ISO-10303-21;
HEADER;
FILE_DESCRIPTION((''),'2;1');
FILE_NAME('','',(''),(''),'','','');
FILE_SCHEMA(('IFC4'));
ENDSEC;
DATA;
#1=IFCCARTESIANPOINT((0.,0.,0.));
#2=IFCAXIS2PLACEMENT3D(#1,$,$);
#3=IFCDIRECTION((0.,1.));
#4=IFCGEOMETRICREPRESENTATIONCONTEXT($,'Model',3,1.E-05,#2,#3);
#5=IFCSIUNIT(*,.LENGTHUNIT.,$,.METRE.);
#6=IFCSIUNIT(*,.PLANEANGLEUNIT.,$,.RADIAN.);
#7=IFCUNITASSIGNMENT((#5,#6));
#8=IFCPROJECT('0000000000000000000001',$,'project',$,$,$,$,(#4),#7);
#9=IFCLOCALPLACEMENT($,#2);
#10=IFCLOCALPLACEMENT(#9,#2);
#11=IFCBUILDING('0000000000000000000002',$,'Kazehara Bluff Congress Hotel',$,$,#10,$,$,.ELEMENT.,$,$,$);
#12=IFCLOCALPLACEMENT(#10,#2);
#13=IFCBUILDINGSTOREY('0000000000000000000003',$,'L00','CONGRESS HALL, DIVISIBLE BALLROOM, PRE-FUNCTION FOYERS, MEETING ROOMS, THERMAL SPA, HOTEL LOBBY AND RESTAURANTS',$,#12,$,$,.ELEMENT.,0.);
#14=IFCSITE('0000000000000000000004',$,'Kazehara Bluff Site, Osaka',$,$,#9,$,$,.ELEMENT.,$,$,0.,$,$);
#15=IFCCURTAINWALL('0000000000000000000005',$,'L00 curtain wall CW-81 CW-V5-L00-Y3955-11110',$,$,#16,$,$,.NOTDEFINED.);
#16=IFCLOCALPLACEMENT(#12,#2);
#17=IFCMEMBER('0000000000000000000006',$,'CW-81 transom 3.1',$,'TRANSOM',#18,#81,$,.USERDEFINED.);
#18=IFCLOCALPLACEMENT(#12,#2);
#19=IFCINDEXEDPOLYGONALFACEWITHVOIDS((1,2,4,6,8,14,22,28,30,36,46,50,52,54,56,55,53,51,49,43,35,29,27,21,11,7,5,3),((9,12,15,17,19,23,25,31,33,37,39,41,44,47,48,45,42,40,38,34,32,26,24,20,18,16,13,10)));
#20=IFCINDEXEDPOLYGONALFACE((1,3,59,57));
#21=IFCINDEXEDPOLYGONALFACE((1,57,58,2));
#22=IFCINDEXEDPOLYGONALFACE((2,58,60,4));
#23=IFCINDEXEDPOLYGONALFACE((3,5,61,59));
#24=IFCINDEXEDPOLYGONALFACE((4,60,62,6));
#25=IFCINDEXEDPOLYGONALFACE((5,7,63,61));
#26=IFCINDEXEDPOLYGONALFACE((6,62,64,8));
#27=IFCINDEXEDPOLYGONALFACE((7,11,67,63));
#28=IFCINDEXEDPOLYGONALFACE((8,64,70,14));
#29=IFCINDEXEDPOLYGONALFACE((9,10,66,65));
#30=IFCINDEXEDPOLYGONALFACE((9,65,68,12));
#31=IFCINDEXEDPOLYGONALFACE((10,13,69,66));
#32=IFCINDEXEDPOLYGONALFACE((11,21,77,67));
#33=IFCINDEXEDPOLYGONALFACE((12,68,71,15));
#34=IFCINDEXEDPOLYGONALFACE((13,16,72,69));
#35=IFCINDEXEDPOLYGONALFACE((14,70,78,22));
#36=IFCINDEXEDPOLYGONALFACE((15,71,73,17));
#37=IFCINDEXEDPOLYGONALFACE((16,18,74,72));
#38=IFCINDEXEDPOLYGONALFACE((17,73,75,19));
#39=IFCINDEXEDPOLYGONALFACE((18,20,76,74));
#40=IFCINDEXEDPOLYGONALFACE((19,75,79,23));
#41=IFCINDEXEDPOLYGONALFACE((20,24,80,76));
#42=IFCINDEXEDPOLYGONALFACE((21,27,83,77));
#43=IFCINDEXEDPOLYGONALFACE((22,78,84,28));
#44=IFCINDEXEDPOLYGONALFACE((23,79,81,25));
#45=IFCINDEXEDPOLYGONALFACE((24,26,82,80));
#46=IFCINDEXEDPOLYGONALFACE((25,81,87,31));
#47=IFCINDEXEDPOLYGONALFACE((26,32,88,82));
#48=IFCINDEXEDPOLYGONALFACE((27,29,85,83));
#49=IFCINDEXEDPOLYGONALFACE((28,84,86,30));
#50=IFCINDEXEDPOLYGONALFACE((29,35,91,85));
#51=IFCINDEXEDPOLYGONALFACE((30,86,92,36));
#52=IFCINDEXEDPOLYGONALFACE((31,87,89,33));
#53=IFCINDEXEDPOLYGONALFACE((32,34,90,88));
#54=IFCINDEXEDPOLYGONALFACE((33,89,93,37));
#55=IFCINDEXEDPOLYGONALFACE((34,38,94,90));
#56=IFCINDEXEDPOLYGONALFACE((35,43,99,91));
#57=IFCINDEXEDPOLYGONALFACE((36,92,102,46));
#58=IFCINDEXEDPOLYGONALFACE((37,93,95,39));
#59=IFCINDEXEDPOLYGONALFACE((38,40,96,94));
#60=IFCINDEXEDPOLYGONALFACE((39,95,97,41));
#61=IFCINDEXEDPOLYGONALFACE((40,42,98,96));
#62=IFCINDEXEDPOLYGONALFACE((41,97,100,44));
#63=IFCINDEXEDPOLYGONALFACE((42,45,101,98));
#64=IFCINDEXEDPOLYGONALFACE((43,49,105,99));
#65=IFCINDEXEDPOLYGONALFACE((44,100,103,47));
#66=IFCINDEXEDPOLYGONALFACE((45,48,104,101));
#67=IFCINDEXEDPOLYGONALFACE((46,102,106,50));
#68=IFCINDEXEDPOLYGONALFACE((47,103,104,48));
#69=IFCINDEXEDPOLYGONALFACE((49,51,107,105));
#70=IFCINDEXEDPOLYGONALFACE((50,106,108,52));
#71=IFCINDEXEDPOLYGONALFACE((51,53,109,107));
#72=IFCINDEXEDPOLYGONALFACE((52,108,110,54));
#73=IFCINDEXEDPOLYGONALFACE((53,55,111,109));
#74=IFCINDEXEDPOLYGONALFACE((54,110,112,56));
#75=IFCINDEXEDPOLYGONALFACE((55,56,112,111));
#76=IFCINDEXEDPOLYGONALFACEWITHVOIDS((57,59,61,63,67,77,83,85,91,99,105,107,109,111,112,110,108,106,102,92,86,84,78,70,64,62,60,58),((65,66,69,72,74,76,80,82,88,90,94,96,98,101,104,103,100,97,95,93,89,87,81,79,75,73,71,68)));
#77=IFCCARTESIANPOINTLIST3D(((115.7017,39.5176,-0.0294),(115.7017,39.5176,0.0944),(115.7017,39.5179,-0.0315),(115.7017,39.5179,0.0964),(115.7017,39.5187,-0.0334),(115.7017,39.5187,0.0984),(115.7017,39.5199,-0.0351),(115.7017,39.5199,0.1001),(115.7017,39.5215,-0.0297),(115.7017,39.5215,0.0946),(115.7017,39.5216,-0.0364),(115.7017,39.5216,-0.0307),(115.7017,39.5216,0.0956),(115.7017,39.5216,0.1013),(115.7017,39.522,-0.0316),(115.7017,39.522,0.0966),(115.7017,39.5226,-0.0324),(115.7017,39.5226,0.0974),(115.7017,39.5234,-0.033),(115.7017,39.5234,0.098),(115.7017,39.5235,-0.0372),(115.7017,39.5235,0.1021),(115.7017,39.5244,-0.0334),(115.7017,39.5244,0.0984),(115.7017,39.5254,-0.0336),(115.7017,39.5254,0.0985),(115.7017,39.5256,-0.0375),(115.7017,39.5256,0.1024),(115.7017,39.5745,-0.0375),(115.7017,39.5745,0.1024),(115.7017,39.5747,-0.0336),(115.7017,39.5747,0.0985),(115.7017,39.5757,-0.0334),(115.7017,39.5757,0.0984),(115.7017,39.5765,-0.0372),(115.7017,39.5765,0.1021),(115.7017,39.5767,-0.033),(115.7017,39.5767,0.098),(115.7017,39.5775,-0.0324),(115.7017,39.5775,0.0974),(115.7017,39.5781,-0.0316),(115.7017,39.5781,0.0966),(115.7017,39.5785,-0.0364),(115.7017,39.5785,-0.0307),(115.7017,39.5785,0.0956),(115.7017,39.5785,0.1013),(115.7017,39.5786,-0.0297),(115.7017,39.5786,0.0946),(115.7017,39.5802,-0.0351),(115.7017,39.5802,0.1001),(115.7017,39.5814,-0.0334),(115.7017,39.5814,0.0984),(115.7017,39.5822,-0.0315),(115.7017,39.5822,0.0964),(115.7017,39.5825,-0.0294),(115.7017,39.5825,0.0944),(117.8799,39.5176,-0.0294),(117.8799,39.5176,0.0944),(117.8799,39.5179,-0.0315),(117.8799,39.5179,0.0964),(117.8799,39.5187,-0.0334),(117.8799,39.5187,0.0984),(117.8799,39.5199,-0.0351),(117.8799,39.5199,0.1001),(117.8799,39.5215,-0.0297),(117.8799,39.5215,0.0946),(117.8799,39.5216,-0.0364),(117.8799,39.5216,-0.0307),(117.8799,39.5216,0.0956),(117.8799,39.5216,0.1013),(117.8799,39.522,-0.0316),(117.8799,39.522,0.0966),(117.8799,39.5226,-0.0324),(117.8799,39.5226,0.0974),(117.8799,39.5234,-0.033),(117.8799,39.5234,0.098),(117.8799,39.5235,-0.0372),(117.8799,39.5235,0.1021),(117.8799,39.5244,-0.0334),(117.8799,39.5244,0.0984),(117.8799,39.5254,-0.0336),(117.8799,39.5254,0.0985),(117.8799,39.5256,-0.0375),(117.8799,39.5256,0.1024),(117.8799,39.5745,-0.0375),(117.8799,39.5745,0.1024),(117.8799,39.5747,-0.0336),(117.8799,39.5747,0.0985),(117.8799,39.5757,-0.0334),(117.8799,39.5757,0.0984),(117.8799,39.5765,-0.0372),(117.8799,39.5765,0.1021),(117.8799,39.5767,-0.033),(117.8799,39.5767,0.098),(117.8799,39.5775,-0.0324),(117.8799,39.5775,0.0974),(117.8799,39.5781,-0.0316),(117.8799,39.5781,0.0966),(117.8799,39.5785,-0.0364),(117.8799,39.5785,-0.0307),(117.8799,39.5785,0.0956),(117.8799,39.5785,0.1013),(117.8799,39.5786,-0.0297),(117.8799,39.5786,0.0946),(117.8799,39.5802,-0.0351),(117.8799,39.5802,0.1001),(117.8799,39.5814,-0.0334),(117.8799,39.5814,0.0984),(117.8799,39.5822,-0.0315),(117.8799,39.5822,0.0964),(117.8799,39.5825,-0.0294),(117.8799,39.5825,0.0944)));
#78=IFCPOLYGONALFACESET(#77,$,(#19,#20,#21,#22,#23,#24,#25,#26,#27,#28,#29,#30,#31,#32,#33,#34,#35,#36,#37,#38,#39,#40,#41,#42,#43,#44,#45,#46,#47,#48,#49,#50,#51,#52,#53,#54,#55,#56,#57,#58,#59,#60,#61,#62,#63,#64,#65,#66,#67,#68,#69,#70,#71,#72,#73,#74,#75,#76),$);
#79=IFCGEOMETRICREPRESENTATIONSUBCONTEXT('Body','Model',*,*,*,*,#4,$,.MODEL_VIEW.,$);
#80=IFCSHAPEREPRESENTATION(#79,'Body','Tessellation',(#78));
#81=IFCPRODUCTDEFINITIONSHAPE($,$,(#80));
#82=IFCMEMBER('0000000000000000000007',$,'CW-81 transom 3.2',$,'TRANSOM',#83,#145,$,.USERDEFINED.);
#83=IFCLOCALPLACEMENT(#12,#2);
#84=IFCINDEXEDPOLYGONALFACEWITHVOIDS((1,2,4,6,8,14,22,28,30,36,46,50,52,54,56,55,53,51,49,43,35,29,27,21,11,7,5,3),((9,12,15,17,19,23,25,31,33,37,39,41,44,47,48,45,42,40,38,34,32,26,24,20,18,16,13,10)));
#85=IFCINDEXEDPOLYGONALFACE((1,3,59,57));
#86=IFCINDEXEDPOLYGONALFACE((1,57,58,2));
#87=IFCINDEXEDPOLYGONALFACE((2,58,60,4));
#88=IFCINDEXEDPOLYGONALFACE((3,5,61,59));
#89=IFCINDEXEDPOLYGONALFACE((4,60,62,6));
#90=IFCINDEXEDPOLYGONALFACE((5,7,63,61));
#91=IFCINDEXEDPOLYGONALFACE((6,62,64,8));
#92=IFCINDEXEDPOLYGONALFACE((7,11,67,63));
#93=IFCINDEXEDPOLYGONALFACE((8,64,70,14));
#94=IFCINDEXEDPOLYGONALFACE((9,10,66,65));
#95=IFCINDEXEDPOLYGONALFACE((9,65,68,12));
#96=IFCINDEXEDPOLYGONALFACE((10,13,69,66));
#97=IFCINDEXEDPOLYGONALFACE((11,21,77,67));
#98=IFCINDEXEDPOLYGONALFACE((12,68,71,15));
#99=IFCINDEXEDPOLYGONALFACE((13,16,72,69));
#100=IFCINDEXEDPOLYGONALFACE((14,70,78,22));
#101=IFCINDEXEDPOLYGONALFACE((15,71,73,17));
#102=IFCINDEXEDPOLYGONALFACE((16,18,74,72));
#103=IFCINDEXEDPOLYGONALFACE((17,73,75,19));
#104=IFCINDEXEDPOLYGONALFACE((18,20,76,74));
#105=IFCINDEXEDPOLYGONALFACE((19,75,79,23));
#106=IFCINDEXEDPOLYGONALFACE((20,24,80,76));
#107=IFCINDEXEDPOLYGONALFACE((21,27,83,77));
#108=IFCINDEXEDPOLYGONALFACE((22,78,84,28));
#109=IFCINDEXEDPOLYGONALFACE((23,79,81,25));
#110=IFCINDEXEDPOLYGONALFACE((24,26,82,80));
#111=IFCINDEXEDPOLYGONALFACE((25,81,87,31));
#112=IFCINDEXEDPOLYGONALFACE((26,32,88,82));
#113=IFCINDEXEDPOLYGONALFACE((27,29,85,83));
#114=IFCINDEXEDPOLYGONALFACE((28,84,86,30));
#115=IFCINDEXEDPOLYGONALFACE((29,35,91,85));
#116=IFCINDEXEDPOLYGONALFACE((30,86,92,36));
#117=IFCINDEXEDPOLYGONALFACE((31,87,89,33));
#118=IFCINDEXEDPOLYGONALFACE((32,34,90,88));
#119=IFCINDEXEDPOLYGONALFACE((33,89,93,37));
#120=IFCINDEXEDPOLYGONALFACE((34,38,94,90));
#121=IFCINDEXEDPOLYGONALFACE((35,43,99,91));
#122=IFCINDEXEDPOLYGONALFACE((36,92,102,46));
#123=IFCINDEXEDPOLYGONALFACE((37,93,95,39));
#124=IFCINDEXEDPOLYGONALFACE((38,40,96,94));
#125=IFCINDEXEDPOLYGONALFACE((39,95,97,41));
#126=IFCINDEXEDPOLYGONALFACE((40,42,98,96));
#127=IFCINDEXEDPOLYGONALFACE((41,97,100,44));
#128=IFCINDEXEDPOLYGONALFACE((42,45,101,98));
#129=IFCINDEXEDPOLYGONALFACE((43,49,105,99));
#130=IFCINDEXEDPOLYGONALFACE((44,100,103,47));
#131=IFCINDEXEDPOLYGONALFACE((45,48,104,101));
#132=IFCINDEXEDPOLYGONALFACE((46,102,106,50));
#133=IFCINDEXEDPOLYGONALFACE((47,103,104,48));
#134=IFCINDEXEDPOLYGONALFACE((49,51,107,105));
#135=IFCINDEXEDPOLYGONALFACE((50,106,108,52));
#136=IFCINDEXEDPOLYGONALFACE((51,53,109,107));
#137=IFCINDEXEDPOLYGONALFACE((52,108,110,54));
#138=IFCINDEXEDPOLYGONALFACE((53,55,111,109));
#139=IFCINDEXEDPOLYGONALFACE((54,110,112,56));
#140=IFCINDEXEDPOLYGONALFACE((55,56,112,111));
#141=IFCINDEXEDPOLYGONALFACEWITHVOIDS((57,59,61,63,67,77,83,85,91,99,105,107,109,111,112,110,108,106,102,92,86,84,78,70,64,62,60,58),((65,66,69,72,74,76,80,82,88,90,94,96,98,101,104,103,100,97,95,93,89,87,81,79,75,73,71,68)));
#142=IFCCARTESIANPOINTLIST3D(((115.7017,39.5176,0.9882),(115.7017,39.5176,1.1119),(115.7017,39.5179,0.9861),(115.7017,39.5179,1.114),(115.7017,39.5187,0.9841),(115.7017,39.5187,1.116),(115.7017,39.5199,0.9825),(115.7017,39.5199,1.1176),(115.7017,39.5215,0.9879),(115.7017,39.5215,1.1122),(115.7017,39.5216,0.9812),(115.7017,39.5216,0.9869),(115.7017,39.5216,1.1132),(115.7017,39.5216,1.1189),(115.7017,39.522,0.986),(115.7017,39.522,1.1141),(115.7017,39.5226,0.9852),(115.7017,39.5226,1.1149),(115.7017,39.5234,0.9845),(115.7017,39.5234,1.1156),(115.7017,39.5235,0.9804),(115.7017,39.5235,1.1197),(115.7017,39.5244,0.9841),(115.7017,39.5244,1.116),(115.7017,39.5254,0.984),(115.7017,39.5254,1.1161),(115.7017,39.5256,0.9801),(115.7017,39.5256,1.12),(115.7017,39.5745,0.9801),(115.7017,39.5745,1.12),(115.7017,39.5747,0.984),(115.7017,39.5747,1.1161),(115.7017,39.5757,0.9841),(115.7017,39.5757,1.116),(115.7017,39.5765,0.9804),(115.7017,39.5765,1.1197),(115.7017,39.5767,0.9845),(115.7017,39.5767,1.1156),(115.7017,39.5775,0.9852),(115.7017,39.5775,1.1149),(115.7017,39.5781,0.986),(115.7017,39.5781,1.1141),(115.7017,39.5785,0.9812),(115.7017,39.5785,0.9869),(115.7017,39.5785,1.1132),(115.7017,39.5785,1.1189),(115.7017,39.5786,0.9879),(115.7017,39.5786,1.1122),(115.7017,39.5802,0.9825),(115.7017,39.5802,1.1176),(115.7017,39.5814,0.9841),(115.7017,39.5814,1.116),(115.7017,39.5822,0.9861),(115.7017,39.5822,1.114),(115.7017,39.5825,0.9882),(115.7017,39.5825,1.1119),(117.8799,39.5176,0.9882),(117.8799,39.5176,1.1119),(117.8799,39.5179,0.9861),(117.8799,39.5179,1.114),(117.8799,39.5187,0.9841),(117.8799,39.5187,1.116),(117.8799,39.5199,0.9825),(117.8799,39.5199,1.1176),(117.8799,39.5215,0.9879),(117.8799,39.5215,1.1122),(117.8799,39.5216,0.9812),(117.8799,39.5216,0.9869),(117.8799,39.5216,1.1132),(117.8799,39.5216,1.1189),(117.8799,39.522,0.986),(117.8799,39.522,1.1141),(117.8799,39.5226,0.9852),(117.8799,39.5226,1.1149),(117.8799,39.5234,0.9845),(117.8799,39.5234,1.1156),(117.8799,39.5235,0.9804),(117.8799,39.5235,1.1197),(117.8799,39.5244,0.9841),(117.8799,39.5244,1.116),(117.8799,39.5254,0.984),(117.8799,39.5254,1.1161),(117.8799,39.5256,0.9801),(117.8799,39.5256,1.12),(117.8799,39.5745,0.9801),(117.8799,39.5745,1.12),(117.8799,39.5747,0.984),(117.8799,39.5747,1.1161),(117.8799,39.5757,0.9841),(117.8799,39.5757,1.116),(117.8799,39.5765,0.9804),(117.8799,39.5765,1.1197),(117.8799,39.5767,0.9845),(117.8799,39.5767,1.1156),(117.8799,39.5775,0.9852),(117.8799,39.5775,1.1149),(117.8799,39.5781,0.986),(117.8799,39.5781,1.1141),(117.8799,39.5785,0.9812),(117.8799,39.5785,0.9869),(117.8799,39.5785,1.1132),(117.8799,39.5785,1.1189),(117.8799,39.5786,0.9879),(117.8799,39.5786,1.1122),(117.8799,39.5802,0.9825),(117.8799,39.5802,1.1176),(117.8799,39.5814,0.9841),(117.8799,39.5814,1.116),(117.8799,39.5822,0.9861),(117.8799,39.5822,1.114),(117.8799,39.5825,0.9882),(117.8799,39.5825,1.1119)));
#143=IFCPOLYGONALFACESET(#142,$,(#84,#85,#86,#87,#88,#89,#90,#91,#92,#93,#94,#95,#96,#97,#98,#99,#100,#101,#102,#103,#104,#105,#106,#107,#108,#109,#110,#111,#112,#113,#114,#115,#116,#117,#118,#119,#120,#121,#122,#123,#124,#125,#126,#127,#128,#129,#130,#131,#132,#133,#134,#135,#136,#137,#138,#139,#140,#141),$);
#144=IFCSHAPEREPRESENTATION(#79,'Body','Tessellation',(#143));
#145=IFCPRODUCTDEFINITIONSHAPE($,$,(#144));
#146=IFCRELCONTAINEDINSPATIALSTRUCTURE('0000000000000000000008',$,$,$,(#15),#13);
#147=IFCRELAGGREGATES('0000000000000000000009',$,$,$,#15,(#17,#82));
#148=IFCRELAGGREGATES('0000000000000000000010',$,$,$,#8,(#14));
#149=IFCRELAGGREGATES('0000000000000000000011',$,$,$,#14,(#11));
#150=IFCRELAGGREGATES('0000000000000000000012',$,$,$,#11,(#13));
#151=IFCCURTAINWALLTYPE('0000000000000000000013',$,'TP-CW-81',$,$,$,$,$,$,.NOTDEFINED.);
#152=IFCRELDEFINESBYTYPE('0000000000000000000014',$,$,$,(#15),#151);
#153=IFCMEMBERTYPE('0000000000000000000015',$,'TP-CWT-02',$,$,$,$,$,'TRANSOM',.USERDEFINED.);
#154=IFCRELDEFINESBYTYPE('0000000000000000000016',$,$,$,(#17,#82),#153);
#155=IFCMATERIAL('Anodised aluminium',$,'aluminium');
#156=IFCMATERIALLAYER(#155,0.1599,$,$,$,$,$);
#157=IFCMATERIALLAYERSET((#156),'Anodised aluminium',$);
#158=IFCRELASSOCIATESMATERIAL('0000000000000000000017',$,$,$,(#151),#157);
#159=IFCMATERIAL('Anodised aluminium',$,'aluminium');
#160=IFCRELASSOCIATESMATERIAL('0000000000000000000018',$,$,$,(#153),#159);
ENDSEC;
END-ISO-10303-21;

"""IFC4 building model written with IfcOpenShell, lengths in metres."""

from ifc_helpers import new_model, si_unit, direction, frame, origin, origin_2d, place, context, subcontext, project, spatial, hollow_rectangle, extrude, material, layer, layer_set, material_profile, profile_set, type_object, element, aggregate, save


model = new_model("IFC4")

# Units and contexts
model_context = context("Model", 3, precision=1e-05, world=origin(), true_north=direction((0.0, 1.0)))
body_context = subcontext(model_context, "Body", "Model", "MODEL_VIEW")
ifc_project = project(units=[si_unit("LENGTHUNIT", "METRE"), si_unit("PLANEANGLEUNIT", "RADIAN")], contexts=[model_context])

# Site, building, storey
site_placement = place(None, origin())
site = spatial("IfcSite", under=ifc_project, at=site_placement, Name="Kazehara Bluff Site, Osaka", CompositionType="ELEMENT", RefElevation=0.0)
building_placement = place(site_placement, origin())
building = spatial("IfcBuilding", under=site, at=building_placement, Name="Kazehara Bluff Congress Hotel", CompositionType="ELEMENT")
storey_placement = place(building_placement, origin())
storey = spatial("IfcBuildingStorey", under=building, at=storey_placement, Name="L00", Description="CONGRESS HALL, DIVISIBLE BALLROOM, PRE-FUNCTION FOYERS, MEETING ROOMS, THERMAL SPA, HOTEL LOBBY AND RESTAURANTS", CompositionType="ELEMENT", Elevation=0.0)

# Curtain wall
ifc_material_1 = material(Name="Anodised aluminium", Category="aluminium")
ifc_layer_1 = layer(ifc_material_1, 0.1599)
ifc_layer_set_1 = layer_set([ifc_layer_1], Name="Anodised aluminium")
curtain_wall_type_1 = type_object("IfcCurtainWallType", Name="TP-CW-81", PredefinedType="NOTDEFINED", material=ifc_layer_set_1)
curtain_wall_1_placement = place(storey_placement, origin())
curtain_wall_1 = element("IfcCurtainWall", 1, at=curtain_wall_1_placement, inside=storey, type_object=curtain_wall_type_1, Name="L00 curtain wall CW-81 CW-V5-L00-Y3955-11110", PredefinedType="NOTDEFINED")

# Members
ifc_material_2 = material(Name="Anodised aluminium", Category="aluminium")
ifc_material_profile_1 = material_profile(ifc_material_2, hollow_rectangle(XDim=0.0649, YDim=0.1399, WallThickness=0.0039, InnerFilletRadius=0.0039, OuterFilletRadius=0.0081, at=origin_2d()))
ifc_profile_set_1 = profile_set([ifc_material_profile_1], Name="Anodised aluminium")
member_type_1 = type_object("IfcMemberType", Name="TP-CWT-02", ElementType="TRANSOM", PredefinedType="USERDEFINED", material=ifc_profile_set_1)
member_1_placement = place(storey_placement, frame((115.7017, 39.55, 0.0325), z_axis=(1.0, 0.0, 0.0), x_axis=(0.0, 1.0, 0.0)))
member_1 = element("IfcMember", 2, at=member_1_placement, type_object=member_type_1, Name="CW-81 transom 3.1", ObjectType="TRANSOM", PredefinedType="USERDEFINED", context=body_context, shape_type="SweptSolid", body=[
    extrude(hollow_rectangle(XDim=0.0649, YDim=0.1399, WallThickness=0.0039, InnerFilletRadius=0.0039, OuterFilletRadius=0.0081, at=origin_2d()), origin(), (0.0, 0.0, 1.0), 2.1782),
])
member_2_placement = place(storey_placement, frame((115.7017, 39.55, 1.05), z_axis=(1.0, 0.0, 0.0), x_axis=(0.0, 1.0, 0.0)))
member_2 = element("IfcMember", 3, at=member_2_placement, type_object=member_type_1, Name="CW-81 transom 3.2", ObjectType="TRANSOM", PredefinedType="USERDEFINED", context=body_context, shape_type="SweptSolid", body=[
    extrude(hollow_rectangle(XDim=0.0649, YDim=0.1399, WallThickness=0.0039, InnerFilletRadius=0.0039, OuterFilletRadius=0.0081, at=origin_2d()), origin(), (0.0, 0.0, 1.0), 2.1782),
])

aggregate(curtain_wall_1, [member_1, member_2])

save(model, "model.ifc")
